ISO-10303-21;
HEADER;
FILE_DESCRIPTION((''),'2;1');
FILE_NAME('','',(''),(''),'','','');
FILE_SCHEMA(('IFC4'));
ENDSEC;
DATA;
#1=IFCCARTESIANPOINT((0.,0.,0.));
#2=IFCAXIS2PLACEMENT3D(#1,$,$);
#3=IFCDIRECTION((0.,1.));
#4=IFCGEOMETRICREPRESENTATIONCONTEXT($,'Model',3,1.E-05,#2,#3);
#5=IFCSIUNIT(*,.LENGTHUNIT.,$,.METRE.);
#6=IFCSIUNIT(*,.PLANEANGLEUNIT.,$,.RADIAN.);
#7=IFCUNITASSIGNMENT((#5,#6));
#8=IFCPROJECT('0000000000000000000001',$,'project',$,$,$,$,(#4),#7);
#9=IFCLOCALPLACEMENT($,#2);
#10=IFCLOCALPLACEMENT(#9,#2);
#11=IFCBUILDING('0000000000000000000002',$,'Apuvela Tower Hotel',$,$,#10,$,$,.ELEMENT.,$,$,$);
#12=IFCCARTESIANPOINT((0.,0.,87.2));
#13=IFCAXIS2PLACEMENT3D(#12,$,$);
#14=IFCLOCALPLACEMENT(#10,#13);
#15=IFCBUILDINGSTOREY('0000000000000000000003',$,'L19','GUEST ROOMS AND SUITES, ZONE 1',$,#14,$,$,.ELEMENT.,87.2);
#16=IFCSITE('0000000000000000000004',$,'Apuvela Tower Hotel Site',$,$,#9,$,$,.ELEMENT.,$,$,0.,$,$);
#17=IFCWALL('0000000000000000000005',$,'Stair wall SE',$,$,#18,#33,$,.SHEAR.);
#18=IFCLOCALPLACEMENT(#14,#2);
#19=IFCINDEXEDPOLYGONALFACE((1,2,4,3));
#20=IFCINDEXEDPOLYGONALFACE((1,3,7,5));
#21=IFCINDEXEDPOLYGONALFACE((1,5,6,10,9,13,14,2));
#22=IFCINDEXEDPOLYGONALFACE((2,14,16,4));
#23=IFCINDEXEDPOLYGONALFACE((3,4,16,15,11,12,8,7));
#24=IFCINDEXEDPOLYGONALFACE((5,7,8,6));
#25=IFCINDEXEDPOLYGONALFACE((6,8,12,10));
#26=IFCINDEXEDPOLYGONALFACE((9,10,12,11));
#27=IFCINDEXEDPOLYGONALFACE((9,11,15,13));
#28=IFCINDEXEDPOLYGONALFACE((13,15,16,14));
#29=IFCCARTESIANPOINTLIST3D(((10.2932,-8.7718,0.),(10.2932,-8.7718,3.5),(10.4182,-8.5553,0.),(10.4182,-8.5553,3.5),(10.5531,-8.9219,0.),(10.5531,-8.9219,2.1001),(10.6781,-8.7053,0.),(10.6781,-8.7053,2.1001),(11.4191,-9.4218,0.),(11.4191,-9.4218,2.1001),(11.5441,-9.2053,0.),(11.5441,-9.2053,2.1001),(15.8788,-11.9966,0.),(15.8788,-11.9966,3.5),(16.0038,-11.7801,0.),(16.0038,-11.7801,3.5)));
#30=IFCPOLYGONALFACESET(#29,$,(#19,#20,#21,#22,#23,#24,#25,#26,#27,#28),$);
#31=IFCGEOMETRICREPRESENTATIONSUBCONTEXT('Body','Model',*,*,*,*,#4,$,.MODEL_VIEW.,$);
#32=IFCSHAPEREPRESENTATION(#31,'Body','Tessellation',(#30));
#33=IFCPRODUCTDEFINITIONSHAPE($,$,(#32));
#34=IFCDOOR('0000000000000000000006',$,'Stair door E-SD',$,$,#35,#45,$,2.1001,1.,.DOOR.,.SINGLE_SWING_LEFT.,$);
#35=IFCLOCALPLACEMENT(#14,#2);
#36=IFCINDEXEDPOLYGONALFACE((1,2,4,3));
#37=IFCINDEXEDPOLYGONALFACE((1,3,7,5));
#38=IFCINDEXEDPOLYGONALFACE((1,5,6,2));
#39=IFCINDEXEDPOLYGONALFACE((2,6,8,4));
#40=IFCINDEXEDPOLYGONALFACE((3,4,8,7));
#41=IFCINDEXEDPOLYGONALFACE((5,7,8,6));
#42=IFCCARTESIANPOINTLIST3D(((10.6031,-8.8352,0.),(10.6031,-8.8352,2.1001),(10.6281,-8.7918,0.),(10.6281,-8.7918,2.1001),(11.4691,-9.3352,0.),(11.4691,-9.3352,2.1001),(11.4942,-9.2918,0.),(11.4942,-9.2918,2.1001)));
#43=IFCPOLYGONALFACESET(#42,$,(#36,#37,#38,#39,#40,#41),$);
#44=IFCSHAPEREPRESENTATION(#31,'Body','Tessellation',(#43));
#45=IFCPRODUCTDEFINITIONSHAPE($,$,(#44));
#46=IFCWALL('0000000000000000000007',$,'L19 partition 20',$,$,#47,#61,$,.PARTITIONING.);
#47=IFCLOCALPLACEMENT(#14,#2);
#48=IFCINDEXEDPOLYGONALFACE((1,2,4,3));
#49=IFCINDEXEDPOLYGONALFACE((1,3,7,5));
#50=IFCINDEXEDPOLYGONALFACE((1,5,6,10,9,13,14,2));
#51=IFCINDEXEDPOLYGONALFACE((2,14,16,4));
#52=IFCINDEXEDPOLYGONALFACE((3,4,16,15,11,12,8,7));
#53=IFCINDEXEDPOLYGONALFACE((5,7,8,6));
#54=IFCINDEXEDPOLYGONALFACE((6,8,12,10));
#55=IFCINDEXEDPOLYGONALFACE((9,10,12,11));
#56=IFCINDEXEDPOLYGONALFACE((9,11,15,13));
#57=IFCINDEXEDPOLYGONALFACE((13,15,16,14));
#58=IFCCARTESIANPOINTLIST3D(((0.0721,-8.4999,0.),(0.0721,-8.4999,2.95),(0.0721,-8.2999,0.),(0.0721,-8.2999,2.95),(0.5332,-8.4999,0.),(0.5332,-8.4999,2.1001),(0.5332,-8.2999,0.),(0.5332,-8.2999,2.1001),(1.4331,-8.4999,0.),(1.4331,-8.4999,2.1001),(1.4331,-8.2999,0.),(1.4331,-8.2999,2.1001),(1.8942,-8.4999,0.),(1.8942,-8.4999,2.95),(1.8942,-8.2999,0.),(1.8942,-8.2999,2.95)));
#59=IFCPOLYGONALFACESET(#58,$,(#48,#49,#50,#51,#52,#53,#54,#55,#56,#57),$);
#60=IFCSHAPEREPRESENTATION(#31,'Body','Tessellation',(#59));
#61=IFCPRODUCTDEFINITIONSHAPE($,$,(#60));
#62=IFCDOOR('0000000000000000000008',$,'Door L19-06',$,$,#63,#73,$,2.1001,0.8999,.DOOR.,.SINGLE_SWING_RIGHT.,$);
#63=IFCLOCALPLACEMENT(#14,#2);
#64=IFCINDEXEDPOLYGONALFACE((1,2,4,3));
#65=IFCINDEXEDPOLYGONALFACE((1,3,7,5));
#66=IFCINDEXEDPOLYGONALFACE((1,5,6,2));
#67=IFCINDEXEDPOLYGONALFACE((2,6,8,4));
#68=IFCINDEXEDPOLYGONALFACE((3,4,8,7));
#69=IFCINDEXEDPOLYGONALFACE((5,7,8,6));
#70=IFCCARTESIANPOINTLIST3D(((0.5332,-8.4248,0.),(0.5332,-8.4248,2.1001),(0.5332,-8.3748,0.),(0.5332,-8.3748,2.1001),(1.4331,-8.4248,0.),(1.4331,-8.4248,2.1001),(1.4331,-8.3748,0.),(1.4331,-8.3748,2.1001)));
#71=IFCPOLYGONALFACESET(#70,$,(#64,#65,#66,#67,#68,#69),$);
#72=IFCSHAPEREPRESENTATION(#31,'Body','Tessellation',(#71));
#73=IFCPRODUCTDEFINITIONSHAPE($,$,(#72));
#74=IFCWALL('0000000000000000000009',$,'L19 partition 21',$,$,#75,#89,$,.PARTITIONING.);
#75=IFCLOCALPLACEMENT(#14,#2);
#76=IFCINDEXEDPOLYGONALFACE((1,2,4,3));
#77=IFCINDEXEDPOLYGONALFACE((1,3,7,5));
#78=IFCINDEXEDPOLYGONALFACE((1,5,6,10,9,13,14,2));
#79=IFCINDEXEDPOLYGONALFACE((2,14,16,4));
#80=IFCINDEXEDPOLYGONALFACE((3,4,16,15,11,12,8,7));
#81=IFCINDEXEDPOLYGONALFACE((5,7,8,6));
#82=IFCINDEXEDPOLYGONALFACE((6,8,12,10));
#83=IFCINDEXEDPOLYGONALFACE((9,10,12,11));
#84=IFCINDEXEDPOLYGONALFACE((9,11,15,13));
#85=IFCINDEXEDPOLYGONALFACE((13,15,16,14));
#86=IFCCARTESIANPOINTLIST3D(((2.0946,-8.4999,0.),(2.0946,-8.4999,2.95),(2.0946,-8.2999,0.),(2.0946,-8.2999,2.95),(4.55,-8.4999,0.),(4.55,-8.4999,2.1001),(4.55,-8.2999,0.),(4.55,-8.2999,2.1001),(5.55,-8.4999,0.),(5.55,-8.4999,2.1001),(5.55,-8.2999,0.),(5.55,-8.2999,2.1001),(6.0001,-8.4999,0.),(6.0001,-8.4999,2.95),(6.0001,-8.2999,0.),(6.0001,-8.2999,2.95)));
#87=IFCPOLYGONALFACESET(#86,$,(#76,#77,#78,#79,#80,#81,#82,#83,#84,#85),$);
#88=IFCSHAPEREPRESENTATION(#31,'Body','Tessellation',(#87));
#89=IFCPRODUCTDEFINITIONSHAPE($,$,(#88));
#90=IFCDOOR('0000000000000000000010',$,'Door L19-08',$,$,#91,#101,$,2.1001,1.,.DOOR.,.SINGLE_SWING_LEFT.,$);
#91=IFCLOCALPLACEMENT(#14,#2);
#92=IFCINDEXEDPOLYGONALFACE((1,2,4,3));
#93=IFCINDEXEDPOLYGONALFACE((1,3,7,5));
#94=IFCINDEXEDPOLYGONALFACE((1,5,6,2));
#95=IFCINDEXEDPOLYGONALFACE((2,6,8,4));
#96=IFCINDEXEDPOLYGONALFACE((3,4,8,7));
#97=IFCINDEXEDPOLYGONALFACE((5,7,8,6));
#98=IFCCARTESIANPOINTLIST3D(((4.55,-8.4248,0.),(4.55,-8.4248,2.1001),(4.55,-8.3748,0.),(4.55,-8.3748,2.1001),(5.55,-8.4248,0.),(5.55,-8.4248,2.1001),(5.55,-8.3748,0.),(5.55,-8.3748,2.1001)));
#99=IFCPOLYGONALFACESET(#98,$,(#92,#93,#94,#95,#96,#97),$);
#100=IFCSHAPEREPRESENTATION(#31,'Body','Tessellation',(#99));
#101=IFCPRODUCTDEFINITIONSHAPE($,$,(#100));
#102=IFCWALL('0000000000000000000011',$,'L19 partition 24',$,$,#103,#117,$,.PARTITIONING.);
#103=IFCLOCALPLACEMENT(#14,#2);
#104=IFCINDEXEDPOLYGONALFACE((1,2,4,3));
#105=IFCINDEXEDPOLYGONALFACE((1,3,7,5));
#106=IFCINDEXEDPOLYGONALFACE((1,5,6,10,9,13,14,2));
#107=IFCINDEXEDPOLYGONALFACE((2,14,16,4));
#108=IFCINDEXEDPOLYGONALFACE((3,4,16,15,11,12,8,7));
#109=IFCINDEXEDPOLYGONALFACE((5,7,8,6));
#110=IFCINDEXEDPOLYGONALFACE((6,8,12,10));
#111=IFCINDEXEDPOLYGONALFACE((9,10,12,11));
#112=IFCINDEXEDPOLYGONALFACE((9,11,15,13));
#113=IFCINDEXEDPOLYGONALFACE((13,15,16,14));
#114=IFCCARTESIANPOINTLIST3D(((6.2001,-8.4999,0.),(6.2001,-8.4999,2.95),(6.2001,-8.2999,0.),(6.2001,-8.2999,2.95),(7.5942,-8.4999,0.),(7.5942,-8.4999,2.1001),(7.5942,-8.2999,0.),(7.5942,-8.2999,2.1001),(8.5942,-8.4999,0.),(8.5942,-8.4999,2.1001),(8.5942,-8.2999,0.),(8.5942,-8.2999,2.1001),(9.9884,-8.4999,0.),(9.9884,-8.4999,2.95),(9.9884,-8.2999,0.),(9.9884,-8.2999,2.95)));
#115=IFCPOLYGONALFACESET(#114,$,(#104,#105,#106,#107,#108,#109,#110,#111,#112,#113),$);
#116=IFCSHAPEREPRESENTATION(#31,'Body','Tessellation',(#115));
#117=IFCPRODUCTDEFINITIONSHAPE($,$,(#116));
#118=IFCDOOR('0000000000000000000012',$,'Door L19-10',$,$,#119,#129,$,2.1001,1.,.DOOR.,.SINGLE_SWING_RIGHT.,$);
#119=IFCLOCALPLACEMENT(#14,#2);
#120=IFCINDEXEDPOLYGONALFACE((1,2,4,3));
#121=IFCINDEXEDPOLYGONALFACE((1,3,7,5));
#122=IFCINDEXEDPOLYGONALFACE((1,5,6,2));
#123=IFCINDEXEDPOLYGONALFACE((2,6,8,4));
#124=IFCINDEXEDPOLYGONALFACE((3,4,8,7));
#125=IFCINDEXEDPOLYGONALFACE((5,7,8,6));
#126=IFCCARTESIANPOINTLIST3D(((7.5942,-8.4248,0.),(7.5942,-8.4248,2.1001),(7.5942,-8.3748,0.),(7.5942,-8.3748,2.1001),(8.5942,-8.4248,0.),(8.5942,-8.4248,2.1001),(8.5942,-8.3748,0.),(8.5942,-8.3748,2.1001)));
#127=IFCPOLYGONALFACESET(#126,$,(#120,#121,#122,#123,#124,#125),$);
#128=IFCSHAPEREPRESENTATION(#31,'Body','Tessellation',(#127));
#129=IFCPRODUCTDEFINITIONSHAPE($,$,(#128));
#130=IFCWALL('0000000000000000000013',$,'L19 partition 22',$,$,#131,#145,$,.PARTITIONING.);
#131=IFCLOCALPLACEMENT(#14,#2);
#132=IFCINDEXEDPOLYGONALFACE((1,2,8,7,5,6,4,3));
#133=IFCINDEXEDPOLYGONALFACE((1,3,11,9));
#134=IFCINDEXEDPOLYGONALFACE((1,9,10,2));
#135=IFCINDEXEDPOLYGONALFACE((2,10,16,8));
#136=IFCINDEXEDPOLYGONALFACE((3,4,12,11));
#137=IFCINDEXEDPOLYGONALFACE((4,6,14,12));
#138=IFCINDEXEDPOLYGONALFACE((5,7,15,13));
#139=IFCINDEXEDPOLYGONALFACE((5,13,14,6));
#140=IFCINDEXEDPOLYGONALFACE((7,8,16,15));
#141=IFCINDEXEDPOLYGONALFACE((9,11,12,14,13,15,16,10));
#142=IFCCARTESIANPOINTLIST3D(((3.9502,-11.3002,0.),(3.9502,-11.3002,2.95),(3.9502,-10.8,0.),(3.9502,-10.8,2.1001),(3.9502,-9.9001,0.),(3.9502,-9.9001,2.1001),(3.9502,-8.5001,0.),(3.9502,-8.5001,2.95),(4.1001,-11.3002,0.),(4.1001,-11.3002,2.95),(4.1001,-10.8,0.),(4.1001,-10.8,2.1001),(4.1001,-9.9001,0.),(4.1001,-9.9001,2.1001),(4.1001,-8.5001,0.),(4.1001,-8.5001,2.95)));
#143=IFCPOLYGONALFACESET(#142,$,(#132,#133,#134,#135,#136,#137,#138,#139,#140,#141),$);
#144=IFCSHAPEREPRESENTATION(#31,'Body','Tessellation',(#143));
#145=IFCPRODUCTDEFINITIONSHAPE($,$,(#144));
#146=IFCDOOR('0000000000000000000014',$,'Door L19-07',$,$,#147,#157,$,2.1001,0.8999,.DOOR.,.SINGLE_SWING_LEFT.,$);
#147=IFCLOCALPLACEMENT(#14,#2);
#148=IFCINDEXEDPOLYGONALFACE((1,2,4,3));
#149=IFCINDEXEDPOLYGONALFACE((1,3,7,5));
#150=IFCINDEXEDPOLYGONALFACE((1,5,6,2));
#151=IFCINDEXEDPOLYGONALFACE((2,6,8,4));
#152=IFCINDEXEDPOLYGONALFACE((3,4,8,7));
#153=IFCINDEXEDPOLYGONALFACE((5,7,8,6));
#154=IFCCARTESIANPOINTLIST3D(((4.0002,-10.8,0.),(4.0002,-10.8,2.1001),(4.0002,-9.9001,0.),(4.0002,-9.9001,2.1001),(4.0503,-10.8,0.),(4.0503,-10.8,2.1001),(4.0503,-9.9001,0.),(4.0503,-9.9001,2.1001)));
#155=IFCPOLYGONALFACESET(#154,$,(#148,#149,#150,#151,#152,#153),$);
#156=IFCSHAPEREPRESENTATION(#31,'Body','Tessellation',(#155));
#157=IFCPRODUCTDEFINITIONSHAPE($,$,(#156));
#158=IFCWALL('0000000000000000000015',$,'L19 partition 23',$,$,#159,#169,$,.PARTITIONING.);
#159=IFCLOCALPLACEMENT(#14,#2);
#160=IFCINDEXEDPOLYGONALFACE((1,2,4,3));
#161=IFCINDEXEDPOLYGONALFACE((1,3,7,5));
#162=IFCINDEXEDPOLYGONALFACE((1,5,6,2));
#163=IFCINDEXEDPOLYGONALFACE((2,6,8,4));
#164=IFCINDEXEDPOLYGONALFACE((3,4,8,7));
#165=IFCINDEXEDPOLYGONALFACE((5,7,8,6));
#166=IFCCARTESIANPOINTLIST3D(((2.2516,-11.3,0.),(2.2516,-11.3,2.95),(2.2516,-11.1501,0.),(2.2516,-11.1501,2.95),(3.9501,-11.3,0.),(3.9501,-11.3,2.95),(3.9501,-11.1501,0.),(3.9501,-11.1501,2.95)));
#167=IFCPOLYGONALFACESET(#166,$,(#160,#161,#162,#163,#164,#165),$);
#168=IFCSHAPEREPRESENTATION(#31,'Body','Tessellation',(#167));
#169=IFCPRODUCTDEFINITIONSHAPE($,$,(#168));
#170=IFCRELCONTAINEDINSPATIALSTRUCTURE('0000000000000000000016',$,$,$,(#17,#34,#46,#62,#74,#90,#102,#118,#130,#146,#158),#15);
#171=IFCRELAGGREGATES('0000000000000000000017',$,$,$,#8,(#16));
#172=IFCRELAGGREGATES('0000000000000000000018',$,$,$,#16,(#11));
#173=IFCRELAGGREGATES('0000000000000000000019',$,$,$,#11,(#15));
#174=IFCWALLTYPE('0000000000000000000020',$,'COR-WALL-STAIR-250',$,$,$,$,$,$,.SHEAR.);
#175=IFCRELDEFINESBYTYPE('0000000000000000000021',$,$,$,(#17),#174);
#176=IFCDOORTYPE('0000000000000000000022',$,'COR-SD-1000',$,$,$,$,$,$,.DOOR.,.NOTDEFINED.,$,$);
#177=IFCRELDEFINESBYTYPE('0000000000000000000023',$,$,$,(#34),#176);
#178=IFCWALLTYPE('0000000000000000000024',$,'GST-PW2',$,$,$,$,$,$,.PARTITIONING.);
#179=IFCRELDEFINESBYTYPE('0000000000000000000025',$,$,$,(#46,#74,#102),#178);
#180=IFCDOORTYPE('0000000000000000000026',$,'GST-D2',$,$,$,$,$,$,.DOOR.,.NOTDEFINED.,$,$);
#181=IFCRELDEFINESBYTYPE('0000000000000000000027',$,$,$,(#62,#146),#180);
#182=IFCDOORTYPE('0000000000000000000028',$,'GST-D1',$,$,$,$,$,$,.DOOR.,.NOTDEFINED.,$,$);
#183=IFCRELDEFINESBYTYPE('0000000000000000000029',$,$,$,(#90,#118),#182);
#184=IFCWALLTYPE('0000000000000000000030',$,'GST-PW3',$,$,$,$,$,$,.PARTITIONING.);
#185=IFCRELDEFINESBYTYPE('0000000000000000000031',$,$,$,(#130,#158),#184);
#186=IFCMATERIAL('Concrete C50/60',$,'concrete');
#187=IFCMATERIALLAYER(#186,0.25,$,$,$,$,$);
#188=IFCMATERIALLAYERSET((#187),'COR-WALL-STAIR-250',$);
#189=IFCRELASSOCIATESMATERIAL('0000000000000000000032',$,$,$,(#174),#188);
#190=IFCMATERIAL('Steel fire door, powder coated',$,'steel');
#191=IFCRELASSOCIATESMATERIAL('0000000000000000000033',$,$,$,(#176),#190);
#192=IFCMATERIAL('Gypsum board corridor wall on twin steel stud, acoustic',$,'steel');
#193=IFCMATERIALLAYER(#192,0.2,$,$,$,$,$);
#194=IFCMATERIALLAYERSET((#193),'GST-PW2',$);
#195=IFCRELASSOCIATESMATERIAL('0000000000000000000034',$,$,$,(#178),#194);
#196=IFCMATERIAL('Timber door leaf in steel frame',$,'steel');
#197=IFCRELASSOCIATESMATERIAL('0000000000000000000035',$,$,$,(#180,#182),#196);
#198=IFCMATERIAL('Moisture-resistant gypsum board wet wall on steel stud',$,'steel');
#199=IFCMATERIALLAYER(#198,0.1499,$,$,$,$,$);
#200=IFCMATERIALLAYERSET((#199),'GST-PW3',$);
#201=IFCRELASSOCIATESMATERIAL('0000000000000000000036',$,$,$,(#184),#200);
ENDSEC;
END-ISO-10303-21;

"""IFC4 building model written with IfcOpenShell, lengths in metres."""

from ifc_helpers import new_model, si_unit, direction, frame, frame_2d, origin, place, context, subcontext, project, spatial, rectangle, extrude, material, layer, layer_set, type_object, element, fill, save


model = new_model("IFC4")

# Units and contexts
model_context = context("Model", 3, precision=1e-05, world=origin(), true_north=direction((0.0, 1.0)))
body_context = subcontext(model_context, "Body", "Model", "MODEL_VIEW")
ifc_project = project(units=[si_unit("LENGTHUNIT", "METRE"), si_unit("PLANEANGLEUNIT", "RADIAN")], contexts=[model_context])

# Site, building, storey
site_placement = place(None, origin())
site = spatial("IfcSite", under=ifc_project, at=site_placement, Name="Apuvela Tower Hotel Site", CompositionType="ELEMENT", RefElevation=0.0)
building_placement = place(site_placement, origin())
building = spatial("IfcBuilding", under=site, at=building_placement, Name="Apuvela Tower Hotel", CompositionType="ELEMENT")
storey_placement = place(building_placement, frame((0.0, 0.0, 87.2)))
storey = spatial("IfcBuildingStorey", under=building, at=storey_placement, Name="L19", Description="GUEST ROOMS AND SUITES, ZONE 1", CompositionType="ELEMENT", Elevation=87.2)

# Shared definitions
ifc_material_1 = material(Name="Concrete C50/60", Category="concrete")
ifc_material_2 = material(Name="Steel fire door, powder coated", Category="steel")

# Walls, openings, doors
ifc_layer_1 = layer(ifc_material_1, 0.25)
ifc_layer_set_1 = layer_set([ifc_layer_1], Name="COR-WALL-STAIR-250")
wall_type_1 = type_object("IfcWallType", Name="COR-WALL-STAIR-250", PredefinedType="SHEAR", material=ifc_layer_set_1)
wall_1_placement = place(storey_placement, frame((10.3557, -8.6636, 0.0), z_axis=(0.0, 0.0, 1.0), x_axis=(0.866029, -0.499994, 0.0)))
wall_1 = element("IfcWall", 1, at=wall_1_placement, inside=storey, type_object=wall_type_1, Name="Stair wall SE", PredefinedType="SHEAR", context=body_context, shape_type="SweptSolid", body=[
    extrude(rectangle(XDim=6.4497, YDim=0.25, at=frame_2d((3.2249, 0.0))), origin(), (0.0, 0.0, 1.0), 3.5),
])
opening_1_placement = place(wall_1_placement, frame((0.3, 0.0, 0.0)))
opening_1 = element("IfcOpeningElement", 2, at=opening_1_placement, cuts=wall_1, PredefinedType="OPENING", context=body_context, shape_type="SweptSolid", body=[
    extrude(rectangle(XDim=1.0, YDim=2.1001, at=frame_2d((0.5, 1.05))), frame((0.0, 0.135, 0.0), z_axis=(0.0, -1.0, 0.0), x_axis=(1.0, 0.0, 0.0)), (0.0, 0.0, 1.0), 0.27),
])
door_type_1 = type_object("IfcDoorType", Name="COR-SD-1000", OperationType="NOTDEFINED", PredefinedType="DOOR", material=ifc_material_2)
door_1_placement = place(opening_1_placement, frame((1.0, 0.0, 0.0), z_axis=(0.0, 0.0, 1.0), x_axis=(-1.0, 0.0, 0.0)))
door_1 = element("IfcDoor", 3, at=door_1_placement, inside=storey, type_object=door_type_1, Name="Stair door E-SD", OperationType="SINGLE_SWING_LEFT", OverallHeight=2.1001, OverallWidth=1.0, PredefinedType="DOOR", context=body_context, shape_type="SweptSolid", body=[
    extrude(rectangle(XDim=1.0, YDim=2.1001, at=frame_2d((0.5, 1.05))), frame((0.0, 0.0249, 0.0), z_axis=(0.0, -1.0, 0.0), x_axis=(1.0, 0.0, 0.0)), (0.0, 0.0, 1.0), 0.05),
])
fill(opening_1, door_1)
ifc_material_3 = material(Name="Gypsum board corridor wall on twin steel stud, acoustic", Category="steel")
ifc_layer_2 = layer(ifc_material_3, 0.2)
ifc_layer_set_2 = layer_set([ifc_layer_2], Name="GST-PW2")
wall_type_2 = type_object("IfcWallType", Name="GST-PW2", PredefinedType="PARTITIONING", material=ifc_layer_set_2)
wall_2_placement = place(storey_placement, frame((1.8943, -8.3999, 0.0), z_axis=(0.0, 0.0, 1.0), x_axis=(-1.0, 0.0, 0.0)))
wall_2 = element("IfcWall", 4, at=wall_2_placement, inside=storey, type_object=wall_type_2, Name="L19 partition 20", PredefinedType="PARTITIONING", context=body_context, shape_type="SweptSolid", body=[
    extrude(rectangle(XDim=1.822, YDim=0.2, at=frame_2d((0.9111, 0.0))), origin(), (0.0, 0.0, 1.0), 2.95),
])
opening_2_placement = place(wall_2_placement, frame((0.4612, 0.0, 0.0)))
opening_2 = element("IfcOpeningElement", 5, at=opening_2_placement, cuts=wall_2, PredefinedType="OPENING", context=body_context, shape_type="SweptSolid", body=[
    extrude(rectangle(XDim=0.8999, YDim=2.1001, at=frame_2d((0.45, 1.05))), frame((0.0, 0.1099, 0.0), z_axis=(0.0, -1.0, 0.0), x_axis=(1.0, 0.0, 0.0)), (0.0, 0.0, 1.0), 0.22),
])
ifc_material_4 = material(Name="Timber door leaf in steel frame", Category="steel")
door_type_2 = type_object("IfcDoorType", Name="GST-D2", OperationType="NOTDEFINED", PredefinedType="DOOR", material=ifc_material_4)
door_2_placement = place(opening_2_placement, origin())
door_2 = element("IfcDoor", 6, at=door_2_placement, inside=storey, type_object=door_type_2, Name="Door L19-06", OperationType="SINGLE_SWING_RIGHT", OverallHeight=2.1001, OverallWidth=0.8999, PredefinedType="DOOR", context=body_context, shape_type="SweptSolid", body=[
    extrude(rectangle(XDim=0.8999, YDim=2.1001, at=frame_2d((0.45, 1.05))), frame((0.0, 0.0249, 0.0), z_axis=(0.0, -1.0, 0.0), x_axis=(1.0, 0.0, 0.0)), (0.0, 0.0, 1.0), 0.05),
])
fill(opening_2, door_2)
wall_3_placement = place(storey_placement, frame((6.0, -8.3999, 0.0), z_axis=(0.0, 0.0, 1.0), x_axis=(-1.0, 0.0, 0.0)))
wall_3 = element("IfcWall", 7, at=wall_3_placement, inside=storey, type_object=wall_type_2, Name="L19 partition 21", PredefinedType="PARTITIONING", context=body_context, shape_type="SweptSolid", body=[
    extrude(rectangle(XDim=3.9055, YDim=0.2, at=frame_2d((1.9526, 0.0))), origin(), (0.0, 0.0, 1.0), 2.95),
])
opening_3_placement = place(wall_3_placement, frame((0.45, 0.0, 0.0)))
opening_3 = element("IfcOpeningElement", 8, at=opening_3_placement, cuts=wall_3, PredefinedType="OPENING", context=body_context, shape_type="SweptSolid", body=[
    extrude(rectangle(XDim=1.0, YDim=2.1001, at=frame_2d((0.5, 1.05))), frame((0.0, 0.1099, 0.0), z_axis=(0.0, -1.0, 0.0), x_axis=(1.0, 0.0, 0.0)), (0.0, 0.0, 1.0), 0.22),
])
door_type_3 = type_object("IfcDoorType", Name="GST-D1", OperationType="NOTDEFINED", PredefinedType="DOOR", material=ifc_material_4)
door_3_placement = place(opening_3_placement, origin())
door_3 = element("IfcDoor", 9, at=door_3_placement, inside=storey, type_object=door_type_3, Name="Door L19-08", OperationType="SINGLE_SWING_LEFT", OverallHeight=2.1001, OverallWidth=1.0, PredefinedType="DOOR", context=body_context, shape_type="SweptSolid", body=[
    extrude(rectangle(XDim=1.0, YDim=2.1001, at=frame_2d((0.5, 1.05))), frame((0.0, 0.0249, 0.0), z_axis=(0.0, -1.0, 0.0), x_axis=(1.0, 0.0, 0.0)), (0.0, 0.0, 1.0), 0.05),
])
fill(opening_3, door_3)
wall_4_placement = place(storey_placement, frame((9.9883, -8.3999, 0.0), z_axis=(0.0, 0.0, 1.0), x_axis=(-1.0, 0.0, 0.0)))
wall_4 = element("IfcWall", 10, at=wall_4_placement, inside=storey, type_object=wall_type_2, Name="L19 partition 24", PredefinedType="PARTITIONING", context=body_context, shape_type="SweptSolid", body=[
    extrude(rectangle(XDim=3.7883, YDim=0.2, at=frame_2d((1.894, 0.0))), origin(), (0.0, 0.0, 1.0), 2.95),
])
opening_4_placement = place(wall_4_placement, frame((1.394, 0.0, 0.0)))
opening_4 = element("IfcOpeningElement", 11, at=opening_4_placement, cuts=wall_4, PredefinedType="OPENING", context=body_context, shape_type="SweptSolid", body=[
    extrude(rectangle(XDim=1.0, YDim=2.1001, at=frame_2d((0.5, 1.05))), frame((0.0, 0.1099, 0.0), z_axis=(0.0, -1.0, 0.0), x_axis=(1.0, 0.0, 0.0)), (0.0, 0.0, 1.0), 0.22),
])
door_4_placement = place(opening_4_placement, origin())
door_4 = element("IfcDoor", 12, at=door_4_placement, inside=storey, type_object=door_type_3, Name="Door L19-10", OperationType="SINGLE_SWING_RIGHT", OverallHeight=2.1001, OverallWidth=1.0, PredefinedType="DOOR", context=body_context, shape_type="SweptSolid", body=[
    extrude(rectangle(XDim=1.0, YDim=2.1001, at=frame_2d((0.5, 1.05))), frame((0.0, 0.0249, 0.0), z_axis=(0.0, -1.0, 0.0), x_axis=(1.0, 0.0, 0.0)), (0.0, 0.0, 1.0), 0.05),
])
fill(opening_4, door_4)
ifc_material_5 = material(Name="Moisture-resistant gypsum board wet wall on steel stud", Category="steel")
ifc_layer_3 = layer(ifc_material_5, 0.1499)
ifc_layer_set_3 = layer_set([ifc_layer_3], Name="GST-PW3")
wall_type_3 = type_object("IfcWallType", Name="GST-PW3", PredefinedType="PARTITIONING", material=ifc_layer_set_3)
wall_5_placement = place(storey_placement, frame((4.0251, -11.3, 0.0), z_axis=(0.0, 0.0, 1.0), x_axis=(0.0, 1.0, 0.0)))
wall_5 = element("IfcWall", 13, at=wall_5_placement, inside=storey, type_object=wall_type_3, Name="L19 partition 22", PredefinedType="PARTITIONING", context=body_context, shape_type="SweptSolid", body=[
    extrude(rectangle(XDim=2.8, YDim=0.1499, at=frame_2d((1.3999, 0.0))), origin(), (0.0, 0.0, 1.0), 2.95),
])
opening_5_placement = place(wall_5_placement, frame((0.5, 0.0, 0.0)))
opening_5 = element("IfcOpeningElement", 14, at=opening_5_placement, cuts=wall_5, PredefinedType="OPENING", context=body_context, shape_type="SweptSolid", body=[
    extrude(rectangle(XDim=0.8999, YDim=2.1001, at=frame_2d((0.45, 1.05))), frame((0.0, 0.085, 0.0), z_axis=(0.0, -1.0, 0.0), x_axis=(1.0, 0.0, 0.0)), (0.0, 0.0, 1.0), 0.1699),
])
door_5_placement = place(opening_5_placement, origin())
door_5 = element("IfcDoor", 15, at=door_5_placement, inside=storey, type_object=door_type_2, Name="Door L19-07", OperationType="SINGLE_SWING_LEFT", OverallHeight=2.1001, OverallWidth=0.8999, PredefinedType="DOOR", context=body_context, shape_type="SweptSolid", body=[
    extrude(rectangle(XDim=0.8999, YDim=2.1001, at=frame_2d((0.45, 1.05))), frame((0.0, 0.0249, 0.0), z_axis=(0.0, -1.0, 0.0), x_axis=(1.0, 0.0, 0.0)), (0.0, 0.0, 1.0), 0.05),
])
fill(opening_5, door_5)

# Wall
wall_6_placement = place(storey_placement, frame((2.2517, -11.2251, 0.0), z_axis=(0.0, 0.0, 1.0), x_axis=(1.0, 0.0, 0.0)))
element("IfcWall", 16, at=wall_6_placement, inside=storey, type_object=wall_type_3, Name="L19 partition 23", PredefinedType="PARTITIONING", context=body_context, shape_type="SweptSolid", body=[
    extrude(rectangle(XDim=1.6985, YDim=0.1499, at=frame_2d((0.8491, 0.0))), origin(), (0.0, 0.0, 1.0), 2.95),
])

save(model, "model.ifc")
